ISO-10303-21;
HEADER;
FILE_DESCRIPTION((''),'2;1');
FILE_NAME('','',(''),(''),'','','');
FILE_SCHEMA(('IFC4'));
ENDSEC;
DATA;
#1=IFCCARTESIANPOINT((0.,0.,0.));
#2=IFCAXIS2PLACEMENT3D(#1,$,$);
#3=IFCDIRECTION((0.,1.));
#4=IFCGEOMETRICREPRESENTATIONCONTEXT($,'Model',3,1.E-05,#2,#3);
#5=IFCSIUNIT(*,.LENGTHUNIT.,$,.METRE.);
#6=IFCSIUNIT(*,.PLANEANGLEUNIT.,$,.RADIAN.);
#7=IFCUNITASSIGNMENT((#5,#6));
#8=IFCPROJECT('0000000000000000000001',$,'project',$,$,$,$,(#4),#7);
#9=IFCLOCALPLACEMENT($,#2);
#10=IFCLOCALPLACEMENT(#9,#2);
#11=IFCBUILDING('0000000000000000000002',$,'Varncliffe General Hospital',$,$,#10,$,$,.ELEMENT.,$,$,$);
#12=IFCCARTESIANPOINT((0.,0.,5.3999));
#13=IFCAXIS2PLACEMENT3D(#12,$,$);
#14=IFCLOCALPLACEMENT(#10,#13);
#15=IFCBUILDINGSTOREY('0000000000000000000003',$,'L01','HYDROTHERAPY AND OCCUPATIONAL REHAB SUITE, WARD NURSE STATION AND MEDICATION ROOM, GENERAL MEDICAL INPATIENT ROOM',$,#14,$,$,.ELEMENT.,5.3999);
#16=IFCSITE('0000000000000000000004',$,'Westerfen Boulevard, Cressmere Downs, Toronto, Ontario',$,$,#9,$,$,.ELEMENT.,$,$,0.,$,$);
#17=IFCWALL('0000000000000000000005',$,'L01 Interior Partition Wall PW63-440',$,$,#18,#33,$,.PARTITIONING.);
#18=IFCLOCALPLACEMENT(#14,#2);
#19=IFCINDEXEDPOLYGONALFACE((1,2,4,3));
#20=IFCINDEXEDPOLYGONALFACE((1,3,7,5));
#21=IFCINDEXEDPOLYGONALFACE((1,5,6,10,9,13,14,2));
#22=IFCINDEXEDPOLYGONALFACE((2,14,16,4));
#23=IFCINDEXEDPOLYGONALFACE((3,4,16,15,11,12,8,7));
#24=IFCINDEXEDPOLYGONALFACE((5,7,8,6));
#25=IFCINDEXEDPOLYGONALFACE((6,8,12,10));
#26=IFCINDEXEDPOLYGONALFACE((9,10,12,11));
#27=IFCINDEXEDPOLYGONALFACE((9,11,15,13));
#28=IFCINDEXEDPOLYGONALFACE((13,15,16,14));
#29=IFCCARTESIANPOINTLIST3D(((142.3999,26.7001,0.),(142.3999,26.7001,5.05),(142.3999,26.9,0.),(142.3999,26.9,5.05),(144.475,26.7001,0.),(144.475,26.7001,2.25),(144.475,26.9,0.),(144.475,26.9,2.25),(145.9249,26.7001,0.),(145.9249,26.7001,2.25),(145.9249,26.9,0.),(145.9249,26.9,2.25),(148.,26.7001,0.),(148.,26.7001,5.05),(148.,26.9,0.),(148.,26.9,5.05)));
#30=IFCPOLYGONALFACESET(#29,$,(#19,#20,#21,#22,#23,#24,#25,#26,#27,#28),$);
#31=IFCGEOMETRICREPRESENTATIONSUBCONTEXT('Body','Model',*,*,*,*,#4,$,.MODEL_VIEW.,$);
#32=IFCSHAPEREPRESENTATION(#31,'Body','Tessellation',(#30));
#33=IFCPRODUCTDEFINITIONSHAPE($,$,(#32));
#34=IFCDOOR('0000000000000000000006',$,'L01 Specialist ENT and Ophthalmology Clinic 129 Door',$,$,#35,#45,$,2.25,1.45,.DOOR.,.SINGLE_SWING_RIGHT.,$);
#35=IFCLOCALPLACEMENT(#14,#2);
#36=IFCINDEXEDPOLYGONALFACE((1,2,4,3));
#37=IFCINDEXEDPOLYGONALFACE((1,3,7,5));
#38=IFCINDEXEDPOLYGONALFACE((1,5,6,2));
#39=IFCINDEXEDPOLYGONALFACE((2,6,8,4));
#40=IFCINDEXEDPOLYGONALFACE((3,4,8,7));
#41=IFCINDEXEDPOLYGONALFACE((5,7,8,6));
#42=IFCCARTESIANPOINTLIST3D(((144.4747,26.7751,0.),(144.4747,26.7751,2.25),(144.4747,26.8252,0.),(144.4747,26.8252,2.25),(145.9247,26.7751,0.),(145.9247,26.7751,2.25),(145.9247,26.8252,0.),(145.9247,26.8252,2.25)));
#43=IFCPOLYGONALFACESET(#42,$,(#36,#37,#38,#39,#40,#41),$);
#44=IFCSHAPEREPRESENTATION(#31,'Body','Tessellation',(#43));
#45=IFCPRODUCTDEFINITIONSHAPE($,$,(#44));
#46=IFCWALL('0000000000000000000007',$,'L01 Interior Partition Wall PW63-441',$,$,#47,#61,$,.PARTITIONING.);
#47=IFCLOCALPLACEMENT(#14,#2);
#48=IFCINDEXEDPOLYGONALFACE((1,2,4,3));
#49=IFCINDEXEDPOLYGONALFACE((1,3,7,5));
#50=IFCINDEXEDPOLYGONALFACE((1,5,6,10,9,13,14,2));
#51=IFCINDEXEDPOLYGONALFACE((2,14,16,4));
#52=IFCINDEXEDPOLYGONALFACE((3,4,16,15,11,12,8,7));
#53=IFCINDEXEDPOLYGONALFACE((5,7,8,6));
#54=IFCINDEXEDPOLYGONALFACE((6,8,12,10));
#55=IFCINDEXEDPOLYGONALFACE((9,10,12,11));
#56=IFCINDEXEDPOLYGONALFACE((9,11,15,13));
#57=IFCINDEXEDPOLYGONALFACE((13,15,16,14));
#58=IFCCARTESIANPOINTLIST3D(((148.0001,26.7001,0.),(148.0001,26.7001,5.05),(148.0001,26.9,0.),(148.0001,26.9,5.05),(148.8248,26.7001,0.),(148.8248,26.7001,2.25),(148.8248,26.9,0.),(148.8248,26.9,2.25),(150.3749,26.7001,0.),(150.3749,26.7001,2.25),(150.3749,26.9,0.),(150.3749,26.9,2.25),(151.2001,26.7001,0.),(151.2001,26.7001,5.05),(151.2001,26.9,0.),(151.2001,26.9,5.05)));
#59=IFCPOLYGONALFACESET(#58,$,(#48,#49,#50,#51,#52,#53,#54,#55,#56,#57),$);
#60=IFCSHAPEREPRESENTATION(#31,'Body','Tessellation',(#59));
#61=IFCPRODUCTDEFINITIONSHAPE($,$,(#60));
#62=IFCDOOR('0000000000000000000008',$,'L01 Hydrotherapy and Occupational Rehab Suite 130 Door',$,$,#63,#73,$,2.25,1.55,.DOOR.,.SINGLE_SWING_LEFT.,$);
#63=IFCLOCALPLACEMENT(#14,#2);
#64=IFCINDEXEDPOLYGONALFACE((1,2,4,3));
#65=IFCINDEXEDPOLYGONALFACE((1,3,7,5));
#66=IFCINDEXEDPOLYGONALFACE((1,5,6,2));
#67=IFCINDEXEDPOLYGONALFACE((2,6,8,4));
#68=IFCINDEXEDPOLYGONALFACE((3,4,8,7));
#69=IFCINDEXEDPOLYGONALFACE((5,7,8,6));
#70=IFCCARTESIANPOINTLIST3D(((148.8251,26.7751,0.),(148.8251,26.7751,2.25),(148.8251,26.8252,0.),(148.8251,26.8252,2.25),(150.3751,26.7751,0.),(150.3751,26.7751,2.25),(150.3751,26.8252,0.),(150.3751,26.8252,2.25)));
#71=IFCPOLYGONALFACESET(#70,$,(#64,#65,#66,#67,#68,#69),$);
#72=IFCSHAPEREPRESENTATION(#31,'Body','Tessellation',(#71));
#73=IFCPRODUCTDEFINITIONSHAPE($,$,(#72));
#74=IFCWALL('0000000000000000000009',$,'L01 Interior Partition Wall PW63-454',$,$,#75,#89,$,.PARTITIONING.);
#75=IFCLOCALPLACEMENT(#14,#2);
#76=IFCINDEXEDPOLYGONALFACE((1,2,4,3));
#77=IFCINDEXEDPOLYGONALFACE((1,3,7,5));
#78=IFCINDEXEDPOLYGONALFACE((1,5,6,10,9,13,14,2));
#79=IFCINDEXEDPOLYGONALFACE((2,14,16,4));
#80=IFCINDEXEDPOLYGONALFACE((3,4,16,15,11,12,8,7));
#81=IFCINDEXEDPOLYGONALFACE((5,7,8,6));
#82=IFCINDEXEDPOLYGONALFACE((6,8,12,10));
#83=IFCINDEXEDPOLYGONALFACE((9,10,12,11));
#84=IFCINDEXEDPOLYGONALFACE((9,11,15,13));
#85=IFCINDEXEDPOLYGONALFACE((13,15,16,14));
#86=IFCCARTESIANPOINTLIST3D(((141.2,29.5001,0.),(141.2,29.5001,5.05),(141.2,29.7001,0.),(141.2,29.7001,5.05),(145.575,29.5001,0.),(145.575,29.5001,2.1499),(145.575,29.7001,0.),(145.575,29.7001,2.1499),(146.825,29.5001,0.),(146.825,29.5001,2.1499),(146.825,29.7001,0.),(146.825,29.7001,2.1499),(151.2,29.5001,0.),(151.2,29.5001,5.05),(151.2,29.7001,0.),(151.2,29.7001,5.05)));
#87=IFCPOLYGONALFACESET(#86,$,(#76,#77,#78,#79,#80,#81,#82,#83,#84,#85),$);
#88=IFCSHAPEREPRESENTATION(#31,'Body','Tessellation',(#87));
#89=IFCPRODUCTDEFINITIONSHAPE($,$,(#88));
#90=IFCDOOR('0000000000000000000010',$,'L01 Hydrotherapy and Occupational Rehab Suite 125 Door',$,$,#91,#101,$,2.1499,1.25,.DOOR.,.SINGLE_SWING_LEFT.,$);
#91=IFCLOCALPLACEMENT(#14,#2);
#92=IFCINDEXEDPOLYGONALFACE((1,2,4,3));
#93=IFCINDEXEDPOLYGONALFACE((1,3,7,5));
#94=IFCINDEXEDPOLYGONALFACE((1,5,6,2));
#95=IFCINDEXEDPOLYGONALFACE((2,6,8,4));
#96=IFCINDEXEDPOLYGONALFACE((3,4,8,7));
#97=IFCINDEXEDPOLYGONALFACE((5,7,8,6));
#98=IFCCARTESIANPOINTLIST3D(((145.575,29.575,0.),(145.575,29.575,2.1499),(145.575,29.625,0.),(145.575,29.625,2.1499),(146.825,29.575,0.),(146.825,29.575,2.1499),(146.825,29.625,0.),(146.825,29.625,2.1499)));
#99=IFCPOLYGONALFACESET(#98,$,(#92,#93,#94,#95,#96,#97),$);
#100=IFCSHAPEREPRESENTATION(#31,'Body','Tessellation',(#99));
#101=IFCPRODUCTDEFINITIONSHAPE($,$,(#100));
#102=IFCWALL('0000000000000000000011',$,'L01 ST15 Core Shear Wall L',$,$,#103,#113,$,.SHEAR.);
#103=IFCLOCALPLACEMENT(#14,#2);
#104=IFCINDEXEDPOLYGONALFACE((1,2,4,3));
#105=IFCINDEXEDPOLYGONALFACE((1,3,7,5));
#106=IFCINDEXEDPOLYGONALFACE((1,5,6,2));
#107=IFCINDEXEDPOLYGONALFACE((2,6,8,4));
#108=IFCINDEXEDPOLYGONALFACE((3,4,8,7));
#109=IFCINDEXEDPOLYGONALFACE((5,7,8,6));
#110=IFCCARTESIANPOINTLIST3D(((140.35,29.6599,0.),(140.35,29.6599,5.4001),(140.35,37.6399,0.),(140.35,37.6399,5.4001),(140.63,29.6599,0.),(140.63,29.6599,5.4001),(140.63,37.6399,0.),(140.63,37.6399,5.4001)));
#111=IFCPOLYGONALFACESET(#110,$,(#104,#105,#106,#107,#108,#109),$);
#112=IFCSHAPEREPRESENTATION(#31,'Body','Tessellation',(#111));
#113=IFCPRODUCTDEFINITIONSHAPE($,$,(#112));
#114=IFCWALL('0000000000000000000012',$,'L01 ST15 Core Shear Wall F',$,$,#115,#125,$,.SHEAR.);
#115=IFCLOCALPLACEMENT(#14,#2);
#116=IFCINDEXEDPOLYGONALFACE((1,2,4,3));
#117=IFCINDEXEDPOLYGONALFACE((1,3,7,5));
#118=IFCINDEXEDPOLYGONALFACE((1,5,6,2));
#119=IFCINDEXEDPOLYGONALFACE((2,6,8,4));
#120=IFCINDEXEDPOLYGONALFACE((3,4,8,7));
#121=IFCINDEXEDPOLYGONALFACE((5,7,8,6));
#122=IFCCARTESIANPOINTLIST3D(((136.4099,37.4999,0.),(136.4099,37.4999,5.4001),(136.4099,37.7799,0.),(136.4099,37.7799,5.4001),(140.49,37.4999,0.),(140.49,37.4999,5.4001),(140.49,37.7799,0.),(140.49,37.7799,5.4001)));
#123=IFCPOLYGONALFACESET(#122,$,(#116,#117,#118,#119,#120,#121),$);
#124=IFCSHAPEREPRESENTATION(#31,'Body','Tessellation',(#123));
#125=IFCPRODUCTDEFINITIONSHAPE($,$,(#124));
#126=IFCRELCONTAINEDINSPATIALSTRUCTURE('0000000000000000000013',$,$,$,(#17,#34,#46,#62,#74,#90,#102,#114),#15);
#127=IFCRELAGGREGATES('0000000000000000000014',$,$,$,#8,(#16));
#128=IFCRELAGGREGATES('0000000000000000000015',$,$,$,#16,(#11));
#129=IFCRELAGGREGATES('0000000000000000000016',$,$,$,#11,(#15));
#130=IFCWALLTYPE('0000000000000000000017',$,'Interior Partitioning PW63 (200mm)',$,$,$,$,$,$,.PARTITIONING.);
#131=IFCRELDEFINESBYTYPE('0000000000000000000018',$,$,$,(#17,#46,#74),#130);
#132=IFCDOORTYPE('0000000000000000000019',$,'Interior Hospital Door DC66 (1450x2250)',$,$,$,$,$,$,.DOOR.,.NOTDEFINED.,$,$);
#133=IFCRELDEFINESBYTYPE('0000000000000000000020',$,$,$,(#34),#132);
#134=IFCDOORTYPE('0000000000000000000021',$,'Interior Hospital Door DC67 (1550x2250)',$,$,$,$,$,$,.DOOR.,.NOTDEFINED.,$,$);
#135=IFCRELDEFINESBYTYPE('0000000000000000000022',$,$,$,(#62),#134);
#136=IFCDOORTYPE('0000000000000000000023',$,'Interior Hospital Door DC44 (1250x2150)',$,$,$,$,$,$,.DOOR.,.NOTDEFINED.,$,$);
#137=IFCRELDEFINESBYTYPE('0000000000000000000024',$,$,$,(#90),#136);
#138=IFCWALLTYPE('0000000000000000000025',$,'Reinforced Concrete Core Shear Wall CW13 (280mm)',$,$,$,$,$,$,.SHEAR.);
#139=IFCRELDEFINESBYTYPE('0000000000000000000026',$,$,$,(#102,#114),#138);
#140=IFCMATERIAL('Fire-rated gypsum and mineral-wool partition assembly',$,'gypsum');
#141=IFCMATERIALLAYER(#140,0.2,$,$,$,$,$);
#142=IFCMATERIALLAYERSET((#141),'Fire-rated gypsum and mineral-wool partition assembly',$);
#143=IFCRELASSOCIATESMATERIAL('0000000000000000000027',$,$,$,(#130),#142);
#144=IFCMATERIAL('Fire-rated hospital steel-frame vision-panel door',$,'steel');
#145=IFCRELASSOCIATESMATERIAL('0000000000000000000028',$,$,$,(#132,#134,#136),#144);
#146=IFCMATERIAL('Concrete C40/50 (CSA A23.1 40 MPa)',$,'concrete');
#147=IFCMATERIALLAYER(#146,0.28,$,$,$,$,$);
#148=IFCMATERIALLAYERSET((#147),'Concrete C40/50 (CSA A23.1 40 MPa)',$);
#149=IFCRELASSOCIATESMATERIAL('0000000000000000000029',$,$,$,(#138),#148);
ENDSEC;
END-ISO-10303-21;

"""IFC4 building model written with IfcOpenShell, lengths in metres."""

from ifc_helpers import new_model, si_unit, direction, frame, frame_2d, origin, place, context, subcontext, project, spatial, rectangle, extrude, material, layer, layer_set, type_object, element, fill, save


model = new_model("IFC4")

# Units and contexts
model_context = context("Model", 3, precision=1e-05, world=origin(), true_north=direction((0.0, 1.0)))
body_context = subcontext(model_context, "Body", "Model", "MODEL_VIEW")
ifc_project = project(units=[si_unit("LENGTHUNIT", "METRE"), si_unit("PLANEANGLEUNIT", "RADIAN")], contexts=[model_context])

# Site, building, storey
site_placement = place(None, origin())
site = spatial("IfcSite", under=ifc_project, at=site_placement, Name="Westerfen Boulevard, Cressmere Downs, Toronto, Ontario", CompositionType="ELEMENT", RefElevation=0.0)
building_placement = place(site_placement, origin())
building = spatial("IfcBuilding", under=site, at=building_placement, Name="Varncliffe General Hospital", CompositionType="ELEMENT")
storey_placement = place(building_placement, frame((0.0, 0.0, 5.3999)))
storey = spatial("IfcBuildingStorey", under=building, at=storey_placement, Name="L01", Description="HYDROTHERAPY AND OCCUPATIONAL REHAB SUITE, WARD NURSE STATION AND MEDICATION ROOM, GENERAL MEDICAL INPATIENT ROOM", CompositionType="ELEMENT", Elevation=5.3999)

# Shared definitions
ifc_material_1 = material(Name="Concrete C40/50 (CSA A23.1 40 MPa)", Category="concrete")

# Walls, openings, doors
ifc_material_2 = material(Name="Fire-rated gypsum and mineral-wool partition assembly", Category="gypsum")
ifc_layer_1 = layer(ifc_material_2, 0.2)
ifc_layer_set_1 = layer_set([ifc_layer_1], Name="Fire-rated gypsum and mineral-wool partition assembly")
wall_type_1 = type_object("IfcWallType", Name="Interior Partitioning PW63 (200mm)", PredefinedType="PARTITIONING", material=ifc_layer_set_1)
wall_1_placement = place(storey_placement, frame((142.3999, 26.8, 0.0), z_axis=(0.0, 0.0, 1.0), x_axis=(1.0, 0.0, 0.0)))
wall_1 = element("IfcWall", 1, at=wall_1_placement, inside=storey, type_object=wall_type_1, Name="L01 Interior Partition Wall PW63-440", PredefinedType="PARTITIONING", context=body_context, shape_type="SweptSolid", body=[
    extrude(rectangle(XDim=5.6001, YDim=0.2, at=frame_2d((2.8, 0.0))), origin(), (0.0, 0.0, 1.0), 5.05),
])
opening_1_placement = place(wall_1_placement, frame((2.075, 0.0, 0.0)))
opening_1 = element("IfcOpeningElement", 2, at=opening_1_placement, cuts=wall_1, PredefinedType="OPENING", context=body_context, shape_type="SweptSolid", body=[
    extrude(rectangle(XDim=1.45, YDim=2.25, at=frame_2d((0.7251, 1.125))), frame((0.0, 0.1099, 0.0), z_axis=(0.0, -1.0, 0.0), x_axis=(1.0, 0.0, 0.0)), (0.0, 0.0, 1.0), 0.22),
])
ifc_material_3 = material(Name="Fire-rated hospital steel-frame vision-panel door", Category="steel")
door_type_1 = type_object("IfcDoorType", Name="Interior Hospital Door DC66 (1450x2250)", OperationType="NOTDEFINED", PredefinedType="DOOR", material=ifc_material_3)
door_1_placement = place(opening_1_placement, frame((1.45, 0.0, 0.0), z_axis=(0.0, 0.0, 1.0), x_axis=(-1.0, 0.0, 0.0)))
door_1 = element("IfcDoor", 3, at=door_1_placement, inside=storey, type_object=door_type_1, Name="L01 Specialist ENT and Ophthalmology Clinic 129 Door", OperationType="SINGLE_SWING_RIGHT", OverallHeight=2.25, OverallWidth=1.45, PredefinedType="DOOR", context=body_context, shape_type="SweptSolid", body=[
    extrude(rectangle(XDim=1.45, YDim=2.25, at=frame_2d((0.7251, 1.125))), frame((0.0, 0.0249, 0.0), z_axis=(0.0, -1.0, 0.0), x_axis=(1.0, 0.0, 0.0)), (0.0, 0.0, 1.0), 0.05),
])
fill(opening_1, door_1)
wall_2_placement = place(storey_placement, frame((148.0, 26.8, 0.0), z_axis=(0.0, 0.0, 1.0), x_axis=(1.0, 0.0, 0.0)))
wall_2 = element("IfcWall", 4, at=wall_2_placement, inside=storey, type_object=wall_type_1, Name="L01 Interior Partition Wall PW63-441", PredefinedType="PARTITIONING", context=body_context, shape_type="SweptSolid", body=[
    extrude(rectangle(XDim=3.2, YDim=0.2, at=frame_2d((1.6001, 0.0))), origin(), (0.0, 0.0, 1.0), 5.05),
])
opening_2_placement = place(wall_2_placement, frame((0.825, 0.0, 0.0)))
opening_2 = element("IfcOpeningElement", 5, at=opening_2_placement, cuts=wall_2, PredefinedType="OPENING", context=body_context, shape_type="SweptSolid", body=[
    extrude(rectangle(XDim=1.55, YDim=2.25, at=frame_2d((0.7749, 1.125))), frame((0.0, 0.1099, 0.0), z_axis=(0.0, -1.0, 0.0), x_axis=(1.0, 0.0, 0.0)), (0.0, 0.0, 1.0), 0.22),
])
door_type_2 = type_object("IfcDoorType", Name="Interior Hospital Door DC67 (1550x2250)", OperationType="NOTDEFINED", PredefinedType="DOOR", material=ifc_material_3)
door_2_placement = place(opening_2_placement, frame((1.55, 0.0, 0.0), z_axis=(0.0, 0.0, 1.0), x_axis=(-1.0, 0.0, 0.0)))
door_2 = element("IfcDoor", 6, at=door_2_placement, inside=storey, type_object=door_type_2, Name="L01 Hydrotherapy and Occupational Rehab Suite 130 Door", OperationType="SINGLE_SWING_LEFT", OverallHeight=2.25, OverallWidth=1.55, PredefinedType="DOOR", context=body_context, shape_type="SweptSolid", body=[
    extrude(rectangle(XDim=1.55, YDim=2.25, at=frame_2d((0.7749, 1.125))), frame((0.0, 0.0249, 0.0), z_axis=(0.0, -1.0, 0.0), x_axis=(1.0, 0.0, 0.0)), (0.0, 0.0, 1.0), 0.05),
])
fill(opening_2, door_2)
wall_3_placement = place(storey_placement, frame((141.2, 29.6001, 0.0), z_axis=(0.0, 0.0, 1.0), x_axis=(1.0, 0.0, 0.0)))
wall_3 = element("IfcWall", 7, at=wall_3_placement, inside=storey, type_object=wall_type_1, Name="L01 Interior Partition Wall PW63-454", PredefinedType="PARTITIONING", context=body_context, shape_type="SweptSolid", body=[
    extrude(rectangle(XDim=10.0, YDim=0.2, at=frame_2d((5.0, 0.0))), origin(), (0.0, 0.0, 1.0), 5.05),
])
opening_3_placement = place(wall_3_placement, frame((4.375, 0.0, 0.0)))
opening_3 = element("IfcOpeningElement", 8, at=opening_3_placement, cuts=wall_3, PredefinedType="OPENING", context=body_context, shape_type="SweptSolid", body=[
    extrude(rectangle(XDim=1.25, YDim=2.1499, at=frame_2d((0.625, 1.075))), frame((0.0, 0.1099, 0.0), z_axis=(0.0, -1.0, 0.0), x_axis=(1.0, 0.0, 0.0)), (0.0, 0.0, 1.0), 0.22),
])
door_type_3 = type_object("IfcDoorType", Name="Interior Hospital Door DC44 (1250x2150)", OperationType="NOTDEFINED", PredefinedType="DOOR", material=ifc_material_3)
door_3_placement = place(opening_3_placement, origin())
door_3 = element("IfcDoor", 9, at=door_3_placement, inside=storey, type_object=door_type_3, Name="L01 Hydrotherapy and Occupational Rehab Suite 125 Door", OperationType="SINGLE_SWING_LEFT", OverallHeight=2.1499, OverallWidth=1.25, PredefinedType="DOOR", context=body_context, shape_type="SweptSolid", body=[
    extrude(rectangle(XDim=1.25, YDim=2.1499, at=frame_2d((0.625, 1.075))), frame((0.0, 0.0249, 0.0), z_axis=(0.0, -1.0, 0.0), x_axis=(1.0, 0.0, 0.0)), (0.0, 0.0, 1.0), 0.05),
])
fill(opening_3, door_3)

# Walls
ifc_layer_2 = layer(ifc_material_1, 0.28)
ifc_layer_set_2 = layer_set([ifc_layer_2], Name="Concrete C40/50 (CSA A23.1 40 MPa)")
wall_type_2 = type_object("IfcWallType", Name="Reinforced Concrete Core Shear Wall CW13 (280mm)", PredefinedType="SHEAR", material=ifc_layer_set_2)
wall_4_placement = place(storey_placement, frame((140.49, 29.6599, 0.0), z_axis=(0.0, 0.0, 1.0), x_axis=(0.0, 1.0, 0.0)))
element("IfcWall", 10, at=wall_4_placement, inside=storey, type_object=wall_type_2, Name="L01 ST15 Core Shear Wall L", PredefinedType="SHEAR", context=body_context, shape_type="SweptSolid", body=[
    extrude(rectangle(XDim=7.98, YDim=0.28, at=frame_2d((3.99, 0.0))), origin(), (0.0, 0.0, 1.0), 5.4001),
])
wall_5_placement = place(storey_placement, frame((140.49, 37.6399, 0.0), z_axis=(0.0, 0.0, 1.0), x_axis=(-1.0, 0.0, 0.0)))
element("IfcWall", 11, at=wall_5_placement, inside=storey, type_object=wall_type_2, Name="L01 ST15 Core Shear Wall F", PredefinedType="SHEAR", context=body_context, shape_type="SweptSolid", body=[
    extrude(rectangle(XDim=4.0801, YDim=0.28, at=frame_2d((2.04, 0.0))), origin(), (0.0, 0.0, 1.0), 5.4001),
])

save(model, "model.ifc")
